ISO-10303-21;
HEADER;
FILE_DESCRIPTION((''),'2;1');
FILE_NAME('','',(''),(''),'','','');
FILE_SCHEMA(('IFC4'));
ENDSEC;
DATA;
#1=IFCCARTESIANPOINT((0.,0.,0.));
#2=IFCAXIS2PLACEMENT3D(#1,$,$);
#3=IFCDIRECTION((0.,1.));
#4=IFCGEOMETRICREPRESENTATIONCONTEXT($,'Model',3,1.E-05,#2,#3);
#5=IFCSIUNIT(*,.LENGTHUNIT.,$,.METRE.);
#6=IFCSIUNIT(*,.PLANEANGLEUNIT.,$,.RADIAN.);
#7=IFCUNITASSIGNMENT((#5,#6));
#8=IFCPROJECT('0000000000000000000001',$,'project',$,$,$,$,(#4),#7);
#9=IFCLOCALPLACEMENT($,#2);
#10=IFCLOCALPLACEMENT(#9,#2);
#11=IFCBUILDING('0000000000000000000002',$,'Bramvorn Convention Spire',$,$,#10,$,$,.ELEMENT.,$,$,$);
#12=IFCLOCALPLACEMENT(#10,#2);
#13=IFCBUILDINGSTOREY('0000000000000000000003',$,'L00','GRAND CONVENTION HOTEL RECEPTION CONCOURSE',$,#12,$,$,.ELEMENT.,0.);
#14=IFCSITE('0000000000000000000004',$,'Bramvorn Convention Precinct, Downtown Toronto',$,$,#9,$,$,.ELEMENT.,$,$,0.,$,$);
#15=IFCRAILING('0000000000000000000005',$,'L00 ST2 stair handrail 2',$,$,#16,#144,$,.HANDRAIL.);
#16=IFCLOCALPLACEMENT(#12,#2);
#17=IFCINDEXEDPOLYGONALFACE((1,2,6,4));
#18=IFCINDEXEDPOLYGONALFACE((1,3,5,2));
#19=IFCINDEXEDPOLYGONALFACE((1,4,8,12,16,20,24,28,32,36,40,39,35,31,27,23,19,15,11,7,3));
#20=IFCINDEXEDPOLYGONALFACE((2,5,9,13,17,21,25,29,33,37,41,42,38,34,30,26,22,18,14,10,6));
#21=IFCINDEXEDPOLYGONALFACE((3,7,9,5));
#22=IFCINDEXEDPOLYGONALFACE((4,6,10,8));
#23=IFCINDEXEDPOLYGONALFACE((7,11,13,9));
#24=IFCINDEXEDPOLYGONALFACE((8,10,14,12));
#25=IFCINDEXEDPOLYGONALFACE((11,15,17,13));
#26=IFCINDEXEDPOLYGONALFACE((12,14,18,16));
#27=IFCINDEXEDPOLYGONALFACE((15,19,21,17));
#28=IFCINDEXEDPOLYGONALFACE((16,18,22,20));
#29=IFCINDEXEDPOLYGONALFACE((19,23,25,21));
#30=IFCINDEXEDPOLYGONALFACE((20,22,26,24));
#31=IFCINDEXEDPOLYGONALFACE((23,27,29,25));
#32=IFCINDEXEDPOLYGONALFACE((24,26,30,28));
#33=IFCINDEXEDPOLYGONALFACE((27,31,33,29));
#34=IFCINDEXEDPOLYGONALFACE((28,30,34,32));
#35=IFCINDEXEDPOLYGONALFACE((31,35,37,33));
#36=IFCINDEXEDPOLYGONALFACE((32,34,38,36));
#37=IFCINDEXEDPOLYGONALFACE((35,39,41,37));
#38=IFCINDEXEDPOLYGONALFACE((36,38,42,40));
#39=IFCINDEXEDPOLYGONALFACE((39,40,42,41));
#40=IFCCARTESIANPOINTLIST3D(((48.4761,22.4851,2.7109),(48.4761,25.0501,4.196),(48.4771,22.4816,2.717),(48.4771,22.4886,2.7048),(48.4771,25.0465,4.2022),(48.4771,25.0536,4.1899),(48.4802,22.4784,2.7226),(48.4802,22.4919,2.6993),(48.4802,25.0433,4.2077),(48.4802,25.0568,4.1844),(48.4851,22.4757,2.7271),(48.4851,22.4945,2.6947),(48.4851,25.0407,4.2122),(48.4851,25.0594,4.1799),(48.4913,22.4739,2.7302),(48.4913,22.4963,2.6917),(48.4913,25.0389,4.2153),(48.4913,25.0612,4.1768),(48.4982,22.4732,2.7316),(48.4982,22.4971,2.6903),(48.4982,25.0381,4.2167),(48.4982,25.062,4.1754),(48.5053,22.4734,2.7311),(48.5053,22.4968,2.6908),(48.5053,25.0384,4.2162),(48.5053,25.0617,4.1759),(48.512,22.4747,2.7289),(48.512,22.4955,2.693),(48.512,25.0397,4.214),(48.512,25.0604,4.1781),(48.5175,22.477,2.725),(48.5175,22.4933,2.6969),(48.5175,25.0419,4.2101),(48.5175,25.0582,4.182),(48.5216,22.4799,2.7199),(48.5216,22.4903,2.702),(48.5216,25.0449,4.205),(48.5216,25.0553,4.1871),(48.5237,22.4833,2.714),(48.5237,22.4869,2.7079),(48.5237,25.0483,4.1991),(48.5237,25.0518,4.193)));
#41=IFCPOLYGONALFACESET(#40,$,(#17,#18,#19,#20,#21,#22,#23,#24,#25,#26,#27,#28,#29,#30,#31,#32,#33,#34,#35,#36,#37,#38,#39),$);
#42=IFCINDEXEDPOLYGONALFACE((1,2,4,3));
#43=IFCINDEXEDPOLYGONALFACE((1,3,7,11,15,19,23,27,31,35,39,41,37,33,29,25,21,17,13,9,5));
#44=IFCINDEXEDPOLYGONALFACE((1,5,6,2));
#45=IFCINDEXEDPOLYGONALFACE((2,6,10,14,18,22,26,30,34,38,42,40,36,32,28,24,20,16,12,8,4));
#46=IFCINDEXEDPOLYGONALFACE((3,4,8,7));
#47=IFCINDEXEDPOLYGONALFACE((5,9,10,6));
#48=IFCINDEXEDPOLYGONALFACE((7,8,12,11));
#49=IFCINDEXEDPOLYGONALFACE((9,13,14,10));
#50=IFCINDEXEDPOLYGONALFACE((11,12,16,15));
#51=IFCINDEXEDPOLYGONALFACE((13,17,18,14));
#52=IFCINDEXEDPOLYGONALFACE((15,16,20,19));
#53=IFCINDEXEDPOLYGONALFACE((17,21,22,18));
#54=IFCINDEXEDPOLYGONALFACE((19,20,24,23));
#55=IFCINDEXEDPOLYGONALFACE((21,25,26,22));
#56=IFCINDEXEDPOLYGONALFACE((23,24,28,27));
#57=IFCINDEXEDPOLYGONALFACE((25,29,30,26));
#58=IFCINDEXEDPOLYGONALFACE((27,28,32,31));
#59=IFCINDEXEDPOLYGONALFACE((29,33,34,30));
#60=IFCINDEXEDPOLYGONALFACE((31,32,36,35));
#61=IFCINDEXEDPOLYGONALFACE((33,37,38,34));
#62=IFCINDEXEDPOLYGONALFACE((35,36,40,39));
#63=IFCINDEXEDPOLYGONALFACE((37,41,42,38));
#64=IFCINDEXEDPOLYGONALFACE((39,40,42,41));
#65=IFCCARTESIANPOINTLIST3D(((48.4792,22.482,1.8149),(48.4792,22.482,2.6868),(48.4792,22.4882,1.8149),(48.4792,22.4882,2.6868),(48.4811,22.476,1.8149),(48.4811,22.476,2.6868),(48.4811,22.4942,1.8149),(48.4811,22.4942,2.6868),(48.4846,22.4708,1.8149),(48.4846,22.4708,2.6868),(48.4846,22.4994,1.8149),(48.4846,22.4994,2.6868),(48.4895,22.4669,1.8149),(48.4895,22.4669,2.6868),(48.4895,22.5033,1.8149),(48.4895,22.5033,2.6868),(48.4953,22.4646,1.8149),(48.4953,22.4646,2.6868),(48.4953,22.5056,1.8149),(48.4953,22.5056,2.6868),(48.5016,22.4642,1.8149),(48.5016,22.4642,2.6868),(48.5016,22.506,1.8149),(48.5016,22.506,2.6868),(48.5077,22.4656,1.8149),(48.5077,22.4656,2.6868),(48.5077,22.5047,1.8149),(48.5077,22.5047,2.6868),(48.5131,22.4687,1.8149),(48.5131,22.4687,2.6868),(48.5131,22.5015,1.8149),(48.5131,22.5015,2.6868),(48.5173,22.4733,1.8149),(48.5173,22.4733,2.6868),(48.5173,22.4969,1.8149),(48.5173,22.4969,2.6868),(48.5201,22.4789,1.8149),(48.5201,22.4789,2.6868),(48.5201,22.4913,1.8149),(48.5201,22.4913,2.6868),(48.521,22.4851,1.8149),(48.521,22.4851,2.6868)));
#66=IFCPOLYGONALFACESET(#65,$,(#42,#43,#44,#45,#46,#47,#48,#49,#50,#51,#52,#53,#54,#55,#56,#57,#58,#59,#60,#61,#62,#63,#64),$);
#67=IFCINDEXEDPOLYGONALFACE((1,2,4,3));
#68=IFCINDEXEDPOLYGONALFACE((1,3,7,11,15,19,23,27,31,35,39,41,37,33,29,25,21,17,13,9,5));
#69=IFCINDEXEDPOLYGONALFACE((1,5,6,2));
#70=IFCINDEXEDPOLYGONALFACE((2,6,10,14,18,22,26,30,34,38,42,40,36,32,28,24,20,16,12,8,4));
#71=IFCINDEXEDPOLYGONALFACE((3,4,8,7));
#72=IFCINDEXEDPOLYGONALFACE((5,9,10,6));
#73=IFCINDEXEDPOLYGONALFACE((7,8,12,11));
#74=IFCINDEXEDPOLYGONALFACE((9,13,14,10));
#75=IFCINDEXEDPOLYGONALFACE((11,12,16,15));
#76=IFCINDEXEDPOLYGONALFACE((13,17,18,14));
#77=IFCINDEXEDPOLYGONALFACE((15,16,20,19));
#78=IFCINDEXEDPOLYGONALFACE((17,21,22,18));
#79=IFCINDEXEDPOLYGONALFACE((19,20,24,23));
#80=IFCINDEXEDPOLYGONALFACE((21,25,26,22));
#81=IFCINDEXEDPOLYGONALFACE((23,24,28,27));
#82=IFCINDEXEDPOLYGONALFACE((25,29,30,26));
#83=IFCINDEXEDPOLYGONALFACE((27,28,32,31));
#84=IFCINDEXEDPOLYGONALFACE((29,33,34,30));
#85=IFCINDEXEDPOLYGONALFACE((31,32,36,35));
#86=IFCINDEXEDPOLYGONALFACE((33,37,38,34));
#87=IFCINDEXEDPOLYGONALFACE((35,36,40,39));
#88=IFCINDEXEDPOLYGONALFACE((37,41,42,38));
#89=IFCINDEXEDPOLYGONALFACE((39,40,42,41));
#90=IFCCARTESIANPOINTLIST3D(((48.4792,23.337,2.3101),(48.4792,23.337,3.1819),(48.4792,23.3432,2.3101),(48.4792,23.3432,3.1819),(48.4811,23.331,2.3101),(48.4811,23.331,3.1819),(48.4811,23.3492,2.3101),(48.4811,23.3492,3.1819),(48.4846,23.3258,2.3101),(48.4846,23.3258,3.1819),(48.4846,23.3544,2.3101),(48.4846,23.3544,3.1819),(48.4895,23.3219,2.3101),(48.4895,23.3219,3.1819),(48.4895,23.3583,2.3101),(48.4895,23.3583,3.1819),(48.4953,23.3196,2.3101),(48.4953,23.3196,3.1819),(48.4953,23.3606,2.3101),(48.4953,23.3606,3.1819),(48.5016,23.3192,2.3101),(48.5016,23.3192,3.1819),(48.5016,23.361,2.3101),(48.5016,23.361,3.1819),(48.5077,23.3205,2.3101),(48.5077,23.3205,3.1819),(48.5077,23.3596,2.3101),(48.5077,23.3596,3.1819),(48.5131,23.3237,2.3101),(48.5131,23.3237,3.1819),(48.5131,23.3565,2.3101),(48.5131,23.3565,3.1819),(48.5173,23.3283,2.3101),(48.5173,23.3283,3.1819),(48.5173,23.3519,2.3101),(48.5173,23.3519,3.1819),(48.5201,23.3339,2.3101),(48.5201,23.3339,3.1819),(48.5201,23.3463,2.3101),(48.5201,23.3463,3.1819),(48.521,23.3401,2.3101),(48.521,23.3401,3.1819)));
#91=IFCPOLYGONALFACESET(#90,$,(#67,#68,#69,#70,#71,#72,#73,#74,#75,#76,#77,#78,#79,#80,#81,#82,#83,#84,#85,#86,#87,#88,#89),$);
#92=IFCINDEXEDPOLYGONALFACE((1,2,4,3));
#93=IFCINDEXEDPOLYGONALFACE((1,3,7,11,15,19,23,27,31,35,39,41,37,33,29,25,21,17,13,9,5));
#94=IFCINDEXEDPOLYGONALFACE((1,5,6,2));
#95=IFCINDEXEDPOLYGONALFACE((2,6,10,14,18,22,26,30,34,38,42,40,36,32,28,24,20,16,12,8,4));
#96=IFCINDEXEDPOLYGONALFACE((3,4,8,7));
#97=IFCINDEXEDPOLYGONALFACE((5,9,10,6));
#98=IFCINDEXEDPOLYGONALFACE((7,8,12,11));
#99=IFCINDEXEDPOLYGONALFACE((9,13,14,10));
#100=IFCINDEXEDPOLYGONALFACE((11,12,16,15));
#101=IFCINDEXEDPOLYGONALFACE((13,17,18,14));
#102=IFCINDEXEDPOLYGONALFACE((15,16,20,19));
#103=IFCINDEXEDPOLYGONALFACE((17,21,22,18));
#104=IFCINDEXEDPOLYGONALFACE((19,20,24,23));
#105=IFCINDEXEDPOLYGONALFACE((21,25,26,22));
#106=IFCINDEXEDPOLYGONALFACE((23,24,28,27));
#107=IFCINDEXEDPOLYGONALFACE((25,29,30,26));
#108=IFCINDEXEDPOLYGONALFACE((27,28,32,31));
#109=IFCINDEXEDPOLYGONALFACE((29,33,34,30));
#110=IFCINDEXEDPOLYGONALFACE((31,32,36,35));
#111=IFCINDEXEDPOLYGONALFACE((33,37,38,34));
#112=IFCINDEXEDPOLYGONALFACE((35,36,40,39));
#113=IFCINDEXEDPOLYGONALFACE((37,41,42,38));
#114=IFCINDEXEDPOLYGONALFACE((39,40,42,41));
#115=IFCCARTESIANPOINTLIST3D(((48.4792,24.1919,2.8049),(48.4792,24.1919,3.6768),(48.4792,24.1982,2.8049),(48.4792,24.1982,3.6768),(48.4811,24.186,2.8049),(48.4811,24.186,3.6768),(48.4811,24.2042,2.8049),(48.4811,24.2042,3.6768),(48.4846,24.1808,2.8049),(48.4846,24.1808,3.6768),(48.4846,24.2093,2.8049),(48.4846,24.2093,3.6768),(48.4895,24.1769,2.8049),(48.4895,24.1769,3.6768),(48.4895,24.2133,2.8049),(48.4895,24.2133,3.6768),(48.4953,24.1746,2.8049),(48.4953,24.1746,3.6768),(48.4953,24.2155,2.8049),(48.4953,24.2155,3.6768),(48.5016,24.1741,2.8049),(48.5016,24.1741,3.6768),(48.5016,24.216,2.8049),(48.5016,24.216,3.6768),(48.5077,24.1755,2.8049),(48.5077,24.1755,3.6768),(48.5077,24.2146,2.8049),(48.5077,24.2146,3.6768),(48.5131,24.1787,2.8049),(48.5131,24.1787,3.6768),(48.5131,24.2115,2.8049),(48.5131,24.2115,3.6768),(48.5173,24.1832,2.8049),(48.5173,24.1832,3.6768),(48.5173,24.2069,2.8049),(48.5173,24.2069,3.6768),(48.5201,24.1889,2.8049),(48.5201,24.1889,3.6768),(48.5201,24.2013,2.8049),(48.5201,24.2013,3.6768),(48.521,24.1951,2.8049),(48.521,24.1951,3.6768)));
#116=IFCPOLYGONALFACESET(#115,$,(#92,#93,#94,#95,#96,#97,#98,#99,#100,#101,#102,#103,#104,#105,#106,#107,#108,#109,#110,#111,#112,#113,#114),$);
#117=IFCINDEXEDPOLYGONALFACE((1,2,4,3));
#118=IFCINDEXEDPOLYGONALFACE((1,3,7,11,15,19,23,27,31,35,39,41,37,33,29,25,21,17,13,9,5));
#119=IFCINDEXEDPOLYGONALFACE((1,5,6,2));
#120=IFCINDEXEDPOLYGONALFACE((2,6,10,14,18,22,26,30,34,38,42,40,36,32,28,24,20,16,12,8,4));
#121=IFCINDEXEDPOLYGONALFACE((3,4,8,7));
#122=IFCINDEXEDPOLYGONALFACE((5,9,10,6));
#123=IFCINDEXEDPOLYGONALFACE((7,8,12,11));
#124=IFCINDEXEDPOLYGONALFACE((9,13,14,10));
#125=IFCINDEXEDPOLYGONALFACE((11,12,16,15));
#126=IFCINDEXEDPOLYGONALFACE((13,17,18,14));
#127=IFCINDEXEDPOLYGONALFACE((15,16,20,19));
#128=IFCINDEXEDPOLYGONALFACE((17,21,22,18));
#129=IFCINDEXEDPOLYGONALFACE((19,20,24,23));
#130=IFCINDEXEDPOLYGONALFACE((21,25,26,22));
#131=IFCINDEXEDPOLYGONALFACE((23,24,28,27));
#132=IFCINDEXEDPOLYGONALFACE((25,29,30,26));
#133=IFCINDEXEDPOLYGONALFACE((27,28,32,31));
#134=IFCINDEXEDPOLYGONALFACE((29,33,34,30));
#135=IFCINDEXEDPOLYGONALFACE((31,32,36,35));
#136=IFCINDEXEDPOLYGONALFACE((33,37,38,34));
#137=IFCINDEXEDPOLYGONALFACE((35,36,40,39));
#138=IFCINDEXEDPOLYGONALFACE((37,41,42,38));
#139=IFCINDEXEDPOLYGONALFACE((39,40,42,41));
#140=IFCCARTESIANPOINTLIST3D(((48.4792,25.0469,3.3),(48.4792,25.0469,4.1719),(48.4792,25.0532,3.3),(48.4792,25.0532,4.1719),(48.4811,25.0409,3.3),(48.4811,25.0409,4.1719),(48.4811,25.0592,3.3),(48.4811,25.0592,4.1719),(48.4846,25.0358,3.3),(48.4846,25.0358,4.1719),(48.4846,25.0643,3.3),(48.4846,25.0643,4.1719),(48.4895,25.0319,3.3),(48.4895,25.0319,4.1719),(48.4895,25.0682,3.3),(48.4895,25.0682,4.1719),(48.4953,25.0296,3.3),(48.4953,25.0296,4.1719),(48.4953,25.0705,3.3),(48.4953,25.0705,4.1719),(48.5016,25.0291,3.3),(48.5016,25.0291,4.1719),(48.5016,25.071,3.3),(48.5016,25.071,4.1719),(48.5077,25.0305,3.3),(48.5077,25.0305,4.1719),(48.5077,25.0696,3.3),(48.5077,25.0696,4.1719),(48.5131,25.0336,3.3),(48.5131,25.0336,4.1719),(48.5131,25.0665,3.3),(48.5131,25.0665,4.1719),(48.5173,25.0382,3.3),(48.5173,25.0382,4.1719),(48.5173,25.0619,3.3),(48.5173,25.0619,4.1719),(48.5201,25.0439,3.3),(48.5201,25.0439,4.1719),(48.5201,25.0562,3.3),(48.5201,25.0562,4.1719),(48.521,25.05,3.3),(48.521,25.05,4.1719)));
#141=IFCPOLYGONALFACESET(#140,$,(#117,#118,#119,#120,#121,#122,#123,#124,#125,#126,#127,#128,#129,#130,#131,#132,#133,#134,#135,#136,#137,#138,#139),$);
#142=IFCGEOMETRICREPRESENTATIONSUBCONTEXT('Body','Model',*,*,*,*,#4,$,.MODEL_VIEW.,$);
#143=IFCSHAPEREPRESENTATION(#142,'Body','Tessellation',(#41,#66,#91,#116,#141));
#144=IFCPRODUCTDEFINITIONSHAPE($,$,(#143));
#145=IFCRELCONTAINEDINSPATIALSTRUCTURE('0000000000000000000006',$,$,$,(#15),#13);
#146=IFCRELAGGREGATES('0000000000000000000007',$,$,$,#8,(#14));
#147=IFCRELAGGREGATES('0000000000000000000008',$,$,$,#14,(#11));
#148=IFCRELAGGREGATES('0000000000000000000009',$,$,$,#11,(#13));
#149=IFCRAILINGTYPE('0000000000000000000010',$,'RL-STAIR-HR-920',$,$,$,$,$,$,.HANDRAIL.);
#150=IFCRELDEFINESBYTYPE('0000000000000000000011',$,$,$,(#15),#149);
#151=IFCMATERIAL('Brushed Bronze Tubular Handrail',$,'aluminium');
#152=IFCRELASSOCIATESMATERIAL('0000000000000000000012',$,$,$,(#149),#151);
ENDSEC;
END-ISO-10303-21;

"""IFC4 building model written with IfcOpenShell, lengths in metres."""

from ifc_helpers import new_model, si_unit, direction, frame, origin, origin_2d, place, context, subcontext, project, spatial, circle, extrude, material, type_object, element, save


model = new_model("IFC4")

# Units and contexts
model_context = context("Model", 3, precision=1e-05, world=origin(), true_north=direction((0.0, 1.0)))
body_context = subcontext(model_context, "Body", "Model", "MODEL_VIEW")
ifc_project = project(units=[si_unit("LENGTHUNIT", "METRE"), si_unit("PLANEANGLEUNIT", "RADIAN")], contexts=[model_context])

# Site, building, storey
site_placement = place(None, origin())
site = spatial("IfcSite", under=ifc_project, at=site_placement, Name="Bramvorn Convention Precinct, Downtown Toronto", CompositionType="ELEMENT", RefElevation=0.0)
building_placement = place(site_placement, origin())
building = spatial("IfcBuilding", under=site, at=building_placement, Name="Bramvorn Convention Spire", CompositionType="ELEMENT")
storey_placement = place(building_placement, origin())
storey = spatial("IfcBuildingStorey", under=building, at=storey_placement, Name="L00", Description="GRAND CONVENTION HOTEL RECEPTION CONCOURSE", CompositionType="ELEMENT", Elevation=0.0)

# Railing
ifc_material_1 = material(Name="Brushed Bronze Tubular Handrail", Category="aluminium")
railing_type_1 = type_object("IfcRailingType", Name="RL-STAIR-HR-920", PredefinedType="HANDRAIL", material=ifc_material_1)
railing_1_placement = place(storey_placement, frame((48.5, 22.4851, 1.8149)))
element("IfcRailing", 1, at=railing_1_placement, inside=storey, type_object=railing_type_1, Name="L00 ST2 stair handrail 2", PredefinedType="HANDRAIL", context=body_context, shape_type="SweptSolid", body=[
    extrude(circle(Radius=0.0239, at=origin_2d()), frame((0.0, 0.0, 0.896), z_axis=(0.0, 0.865406, 0.501072), x_axis=(-1.0, 0.0, 0.0)), (0.0, 0.0, 1.0), 2.9639),
    extrude(circle(Radius=0.021, at=origin_2d()), origin(), (0.0, 0.0, 1.0), 0.8718),
    extrude(circle(Radius=0.021, at=origin_2d()), frame((0.0, 0.855, 0.4951)), (0.0, 0.0, 1.0), 0.8718),
    extrude(circle(Radius=0.021, at=origin_2d()), frame((0.0, 1.71, 0.99)), (0.0, 0.0, 1.0), 0.8718),
    extrude(circle(Radius=0.021, at=origin_2d()), frame((0.0, 2.5649, 1.4851)), (0.0, 0.0, 1.0), 0.8718),
])

save(model, "model.ifc")
